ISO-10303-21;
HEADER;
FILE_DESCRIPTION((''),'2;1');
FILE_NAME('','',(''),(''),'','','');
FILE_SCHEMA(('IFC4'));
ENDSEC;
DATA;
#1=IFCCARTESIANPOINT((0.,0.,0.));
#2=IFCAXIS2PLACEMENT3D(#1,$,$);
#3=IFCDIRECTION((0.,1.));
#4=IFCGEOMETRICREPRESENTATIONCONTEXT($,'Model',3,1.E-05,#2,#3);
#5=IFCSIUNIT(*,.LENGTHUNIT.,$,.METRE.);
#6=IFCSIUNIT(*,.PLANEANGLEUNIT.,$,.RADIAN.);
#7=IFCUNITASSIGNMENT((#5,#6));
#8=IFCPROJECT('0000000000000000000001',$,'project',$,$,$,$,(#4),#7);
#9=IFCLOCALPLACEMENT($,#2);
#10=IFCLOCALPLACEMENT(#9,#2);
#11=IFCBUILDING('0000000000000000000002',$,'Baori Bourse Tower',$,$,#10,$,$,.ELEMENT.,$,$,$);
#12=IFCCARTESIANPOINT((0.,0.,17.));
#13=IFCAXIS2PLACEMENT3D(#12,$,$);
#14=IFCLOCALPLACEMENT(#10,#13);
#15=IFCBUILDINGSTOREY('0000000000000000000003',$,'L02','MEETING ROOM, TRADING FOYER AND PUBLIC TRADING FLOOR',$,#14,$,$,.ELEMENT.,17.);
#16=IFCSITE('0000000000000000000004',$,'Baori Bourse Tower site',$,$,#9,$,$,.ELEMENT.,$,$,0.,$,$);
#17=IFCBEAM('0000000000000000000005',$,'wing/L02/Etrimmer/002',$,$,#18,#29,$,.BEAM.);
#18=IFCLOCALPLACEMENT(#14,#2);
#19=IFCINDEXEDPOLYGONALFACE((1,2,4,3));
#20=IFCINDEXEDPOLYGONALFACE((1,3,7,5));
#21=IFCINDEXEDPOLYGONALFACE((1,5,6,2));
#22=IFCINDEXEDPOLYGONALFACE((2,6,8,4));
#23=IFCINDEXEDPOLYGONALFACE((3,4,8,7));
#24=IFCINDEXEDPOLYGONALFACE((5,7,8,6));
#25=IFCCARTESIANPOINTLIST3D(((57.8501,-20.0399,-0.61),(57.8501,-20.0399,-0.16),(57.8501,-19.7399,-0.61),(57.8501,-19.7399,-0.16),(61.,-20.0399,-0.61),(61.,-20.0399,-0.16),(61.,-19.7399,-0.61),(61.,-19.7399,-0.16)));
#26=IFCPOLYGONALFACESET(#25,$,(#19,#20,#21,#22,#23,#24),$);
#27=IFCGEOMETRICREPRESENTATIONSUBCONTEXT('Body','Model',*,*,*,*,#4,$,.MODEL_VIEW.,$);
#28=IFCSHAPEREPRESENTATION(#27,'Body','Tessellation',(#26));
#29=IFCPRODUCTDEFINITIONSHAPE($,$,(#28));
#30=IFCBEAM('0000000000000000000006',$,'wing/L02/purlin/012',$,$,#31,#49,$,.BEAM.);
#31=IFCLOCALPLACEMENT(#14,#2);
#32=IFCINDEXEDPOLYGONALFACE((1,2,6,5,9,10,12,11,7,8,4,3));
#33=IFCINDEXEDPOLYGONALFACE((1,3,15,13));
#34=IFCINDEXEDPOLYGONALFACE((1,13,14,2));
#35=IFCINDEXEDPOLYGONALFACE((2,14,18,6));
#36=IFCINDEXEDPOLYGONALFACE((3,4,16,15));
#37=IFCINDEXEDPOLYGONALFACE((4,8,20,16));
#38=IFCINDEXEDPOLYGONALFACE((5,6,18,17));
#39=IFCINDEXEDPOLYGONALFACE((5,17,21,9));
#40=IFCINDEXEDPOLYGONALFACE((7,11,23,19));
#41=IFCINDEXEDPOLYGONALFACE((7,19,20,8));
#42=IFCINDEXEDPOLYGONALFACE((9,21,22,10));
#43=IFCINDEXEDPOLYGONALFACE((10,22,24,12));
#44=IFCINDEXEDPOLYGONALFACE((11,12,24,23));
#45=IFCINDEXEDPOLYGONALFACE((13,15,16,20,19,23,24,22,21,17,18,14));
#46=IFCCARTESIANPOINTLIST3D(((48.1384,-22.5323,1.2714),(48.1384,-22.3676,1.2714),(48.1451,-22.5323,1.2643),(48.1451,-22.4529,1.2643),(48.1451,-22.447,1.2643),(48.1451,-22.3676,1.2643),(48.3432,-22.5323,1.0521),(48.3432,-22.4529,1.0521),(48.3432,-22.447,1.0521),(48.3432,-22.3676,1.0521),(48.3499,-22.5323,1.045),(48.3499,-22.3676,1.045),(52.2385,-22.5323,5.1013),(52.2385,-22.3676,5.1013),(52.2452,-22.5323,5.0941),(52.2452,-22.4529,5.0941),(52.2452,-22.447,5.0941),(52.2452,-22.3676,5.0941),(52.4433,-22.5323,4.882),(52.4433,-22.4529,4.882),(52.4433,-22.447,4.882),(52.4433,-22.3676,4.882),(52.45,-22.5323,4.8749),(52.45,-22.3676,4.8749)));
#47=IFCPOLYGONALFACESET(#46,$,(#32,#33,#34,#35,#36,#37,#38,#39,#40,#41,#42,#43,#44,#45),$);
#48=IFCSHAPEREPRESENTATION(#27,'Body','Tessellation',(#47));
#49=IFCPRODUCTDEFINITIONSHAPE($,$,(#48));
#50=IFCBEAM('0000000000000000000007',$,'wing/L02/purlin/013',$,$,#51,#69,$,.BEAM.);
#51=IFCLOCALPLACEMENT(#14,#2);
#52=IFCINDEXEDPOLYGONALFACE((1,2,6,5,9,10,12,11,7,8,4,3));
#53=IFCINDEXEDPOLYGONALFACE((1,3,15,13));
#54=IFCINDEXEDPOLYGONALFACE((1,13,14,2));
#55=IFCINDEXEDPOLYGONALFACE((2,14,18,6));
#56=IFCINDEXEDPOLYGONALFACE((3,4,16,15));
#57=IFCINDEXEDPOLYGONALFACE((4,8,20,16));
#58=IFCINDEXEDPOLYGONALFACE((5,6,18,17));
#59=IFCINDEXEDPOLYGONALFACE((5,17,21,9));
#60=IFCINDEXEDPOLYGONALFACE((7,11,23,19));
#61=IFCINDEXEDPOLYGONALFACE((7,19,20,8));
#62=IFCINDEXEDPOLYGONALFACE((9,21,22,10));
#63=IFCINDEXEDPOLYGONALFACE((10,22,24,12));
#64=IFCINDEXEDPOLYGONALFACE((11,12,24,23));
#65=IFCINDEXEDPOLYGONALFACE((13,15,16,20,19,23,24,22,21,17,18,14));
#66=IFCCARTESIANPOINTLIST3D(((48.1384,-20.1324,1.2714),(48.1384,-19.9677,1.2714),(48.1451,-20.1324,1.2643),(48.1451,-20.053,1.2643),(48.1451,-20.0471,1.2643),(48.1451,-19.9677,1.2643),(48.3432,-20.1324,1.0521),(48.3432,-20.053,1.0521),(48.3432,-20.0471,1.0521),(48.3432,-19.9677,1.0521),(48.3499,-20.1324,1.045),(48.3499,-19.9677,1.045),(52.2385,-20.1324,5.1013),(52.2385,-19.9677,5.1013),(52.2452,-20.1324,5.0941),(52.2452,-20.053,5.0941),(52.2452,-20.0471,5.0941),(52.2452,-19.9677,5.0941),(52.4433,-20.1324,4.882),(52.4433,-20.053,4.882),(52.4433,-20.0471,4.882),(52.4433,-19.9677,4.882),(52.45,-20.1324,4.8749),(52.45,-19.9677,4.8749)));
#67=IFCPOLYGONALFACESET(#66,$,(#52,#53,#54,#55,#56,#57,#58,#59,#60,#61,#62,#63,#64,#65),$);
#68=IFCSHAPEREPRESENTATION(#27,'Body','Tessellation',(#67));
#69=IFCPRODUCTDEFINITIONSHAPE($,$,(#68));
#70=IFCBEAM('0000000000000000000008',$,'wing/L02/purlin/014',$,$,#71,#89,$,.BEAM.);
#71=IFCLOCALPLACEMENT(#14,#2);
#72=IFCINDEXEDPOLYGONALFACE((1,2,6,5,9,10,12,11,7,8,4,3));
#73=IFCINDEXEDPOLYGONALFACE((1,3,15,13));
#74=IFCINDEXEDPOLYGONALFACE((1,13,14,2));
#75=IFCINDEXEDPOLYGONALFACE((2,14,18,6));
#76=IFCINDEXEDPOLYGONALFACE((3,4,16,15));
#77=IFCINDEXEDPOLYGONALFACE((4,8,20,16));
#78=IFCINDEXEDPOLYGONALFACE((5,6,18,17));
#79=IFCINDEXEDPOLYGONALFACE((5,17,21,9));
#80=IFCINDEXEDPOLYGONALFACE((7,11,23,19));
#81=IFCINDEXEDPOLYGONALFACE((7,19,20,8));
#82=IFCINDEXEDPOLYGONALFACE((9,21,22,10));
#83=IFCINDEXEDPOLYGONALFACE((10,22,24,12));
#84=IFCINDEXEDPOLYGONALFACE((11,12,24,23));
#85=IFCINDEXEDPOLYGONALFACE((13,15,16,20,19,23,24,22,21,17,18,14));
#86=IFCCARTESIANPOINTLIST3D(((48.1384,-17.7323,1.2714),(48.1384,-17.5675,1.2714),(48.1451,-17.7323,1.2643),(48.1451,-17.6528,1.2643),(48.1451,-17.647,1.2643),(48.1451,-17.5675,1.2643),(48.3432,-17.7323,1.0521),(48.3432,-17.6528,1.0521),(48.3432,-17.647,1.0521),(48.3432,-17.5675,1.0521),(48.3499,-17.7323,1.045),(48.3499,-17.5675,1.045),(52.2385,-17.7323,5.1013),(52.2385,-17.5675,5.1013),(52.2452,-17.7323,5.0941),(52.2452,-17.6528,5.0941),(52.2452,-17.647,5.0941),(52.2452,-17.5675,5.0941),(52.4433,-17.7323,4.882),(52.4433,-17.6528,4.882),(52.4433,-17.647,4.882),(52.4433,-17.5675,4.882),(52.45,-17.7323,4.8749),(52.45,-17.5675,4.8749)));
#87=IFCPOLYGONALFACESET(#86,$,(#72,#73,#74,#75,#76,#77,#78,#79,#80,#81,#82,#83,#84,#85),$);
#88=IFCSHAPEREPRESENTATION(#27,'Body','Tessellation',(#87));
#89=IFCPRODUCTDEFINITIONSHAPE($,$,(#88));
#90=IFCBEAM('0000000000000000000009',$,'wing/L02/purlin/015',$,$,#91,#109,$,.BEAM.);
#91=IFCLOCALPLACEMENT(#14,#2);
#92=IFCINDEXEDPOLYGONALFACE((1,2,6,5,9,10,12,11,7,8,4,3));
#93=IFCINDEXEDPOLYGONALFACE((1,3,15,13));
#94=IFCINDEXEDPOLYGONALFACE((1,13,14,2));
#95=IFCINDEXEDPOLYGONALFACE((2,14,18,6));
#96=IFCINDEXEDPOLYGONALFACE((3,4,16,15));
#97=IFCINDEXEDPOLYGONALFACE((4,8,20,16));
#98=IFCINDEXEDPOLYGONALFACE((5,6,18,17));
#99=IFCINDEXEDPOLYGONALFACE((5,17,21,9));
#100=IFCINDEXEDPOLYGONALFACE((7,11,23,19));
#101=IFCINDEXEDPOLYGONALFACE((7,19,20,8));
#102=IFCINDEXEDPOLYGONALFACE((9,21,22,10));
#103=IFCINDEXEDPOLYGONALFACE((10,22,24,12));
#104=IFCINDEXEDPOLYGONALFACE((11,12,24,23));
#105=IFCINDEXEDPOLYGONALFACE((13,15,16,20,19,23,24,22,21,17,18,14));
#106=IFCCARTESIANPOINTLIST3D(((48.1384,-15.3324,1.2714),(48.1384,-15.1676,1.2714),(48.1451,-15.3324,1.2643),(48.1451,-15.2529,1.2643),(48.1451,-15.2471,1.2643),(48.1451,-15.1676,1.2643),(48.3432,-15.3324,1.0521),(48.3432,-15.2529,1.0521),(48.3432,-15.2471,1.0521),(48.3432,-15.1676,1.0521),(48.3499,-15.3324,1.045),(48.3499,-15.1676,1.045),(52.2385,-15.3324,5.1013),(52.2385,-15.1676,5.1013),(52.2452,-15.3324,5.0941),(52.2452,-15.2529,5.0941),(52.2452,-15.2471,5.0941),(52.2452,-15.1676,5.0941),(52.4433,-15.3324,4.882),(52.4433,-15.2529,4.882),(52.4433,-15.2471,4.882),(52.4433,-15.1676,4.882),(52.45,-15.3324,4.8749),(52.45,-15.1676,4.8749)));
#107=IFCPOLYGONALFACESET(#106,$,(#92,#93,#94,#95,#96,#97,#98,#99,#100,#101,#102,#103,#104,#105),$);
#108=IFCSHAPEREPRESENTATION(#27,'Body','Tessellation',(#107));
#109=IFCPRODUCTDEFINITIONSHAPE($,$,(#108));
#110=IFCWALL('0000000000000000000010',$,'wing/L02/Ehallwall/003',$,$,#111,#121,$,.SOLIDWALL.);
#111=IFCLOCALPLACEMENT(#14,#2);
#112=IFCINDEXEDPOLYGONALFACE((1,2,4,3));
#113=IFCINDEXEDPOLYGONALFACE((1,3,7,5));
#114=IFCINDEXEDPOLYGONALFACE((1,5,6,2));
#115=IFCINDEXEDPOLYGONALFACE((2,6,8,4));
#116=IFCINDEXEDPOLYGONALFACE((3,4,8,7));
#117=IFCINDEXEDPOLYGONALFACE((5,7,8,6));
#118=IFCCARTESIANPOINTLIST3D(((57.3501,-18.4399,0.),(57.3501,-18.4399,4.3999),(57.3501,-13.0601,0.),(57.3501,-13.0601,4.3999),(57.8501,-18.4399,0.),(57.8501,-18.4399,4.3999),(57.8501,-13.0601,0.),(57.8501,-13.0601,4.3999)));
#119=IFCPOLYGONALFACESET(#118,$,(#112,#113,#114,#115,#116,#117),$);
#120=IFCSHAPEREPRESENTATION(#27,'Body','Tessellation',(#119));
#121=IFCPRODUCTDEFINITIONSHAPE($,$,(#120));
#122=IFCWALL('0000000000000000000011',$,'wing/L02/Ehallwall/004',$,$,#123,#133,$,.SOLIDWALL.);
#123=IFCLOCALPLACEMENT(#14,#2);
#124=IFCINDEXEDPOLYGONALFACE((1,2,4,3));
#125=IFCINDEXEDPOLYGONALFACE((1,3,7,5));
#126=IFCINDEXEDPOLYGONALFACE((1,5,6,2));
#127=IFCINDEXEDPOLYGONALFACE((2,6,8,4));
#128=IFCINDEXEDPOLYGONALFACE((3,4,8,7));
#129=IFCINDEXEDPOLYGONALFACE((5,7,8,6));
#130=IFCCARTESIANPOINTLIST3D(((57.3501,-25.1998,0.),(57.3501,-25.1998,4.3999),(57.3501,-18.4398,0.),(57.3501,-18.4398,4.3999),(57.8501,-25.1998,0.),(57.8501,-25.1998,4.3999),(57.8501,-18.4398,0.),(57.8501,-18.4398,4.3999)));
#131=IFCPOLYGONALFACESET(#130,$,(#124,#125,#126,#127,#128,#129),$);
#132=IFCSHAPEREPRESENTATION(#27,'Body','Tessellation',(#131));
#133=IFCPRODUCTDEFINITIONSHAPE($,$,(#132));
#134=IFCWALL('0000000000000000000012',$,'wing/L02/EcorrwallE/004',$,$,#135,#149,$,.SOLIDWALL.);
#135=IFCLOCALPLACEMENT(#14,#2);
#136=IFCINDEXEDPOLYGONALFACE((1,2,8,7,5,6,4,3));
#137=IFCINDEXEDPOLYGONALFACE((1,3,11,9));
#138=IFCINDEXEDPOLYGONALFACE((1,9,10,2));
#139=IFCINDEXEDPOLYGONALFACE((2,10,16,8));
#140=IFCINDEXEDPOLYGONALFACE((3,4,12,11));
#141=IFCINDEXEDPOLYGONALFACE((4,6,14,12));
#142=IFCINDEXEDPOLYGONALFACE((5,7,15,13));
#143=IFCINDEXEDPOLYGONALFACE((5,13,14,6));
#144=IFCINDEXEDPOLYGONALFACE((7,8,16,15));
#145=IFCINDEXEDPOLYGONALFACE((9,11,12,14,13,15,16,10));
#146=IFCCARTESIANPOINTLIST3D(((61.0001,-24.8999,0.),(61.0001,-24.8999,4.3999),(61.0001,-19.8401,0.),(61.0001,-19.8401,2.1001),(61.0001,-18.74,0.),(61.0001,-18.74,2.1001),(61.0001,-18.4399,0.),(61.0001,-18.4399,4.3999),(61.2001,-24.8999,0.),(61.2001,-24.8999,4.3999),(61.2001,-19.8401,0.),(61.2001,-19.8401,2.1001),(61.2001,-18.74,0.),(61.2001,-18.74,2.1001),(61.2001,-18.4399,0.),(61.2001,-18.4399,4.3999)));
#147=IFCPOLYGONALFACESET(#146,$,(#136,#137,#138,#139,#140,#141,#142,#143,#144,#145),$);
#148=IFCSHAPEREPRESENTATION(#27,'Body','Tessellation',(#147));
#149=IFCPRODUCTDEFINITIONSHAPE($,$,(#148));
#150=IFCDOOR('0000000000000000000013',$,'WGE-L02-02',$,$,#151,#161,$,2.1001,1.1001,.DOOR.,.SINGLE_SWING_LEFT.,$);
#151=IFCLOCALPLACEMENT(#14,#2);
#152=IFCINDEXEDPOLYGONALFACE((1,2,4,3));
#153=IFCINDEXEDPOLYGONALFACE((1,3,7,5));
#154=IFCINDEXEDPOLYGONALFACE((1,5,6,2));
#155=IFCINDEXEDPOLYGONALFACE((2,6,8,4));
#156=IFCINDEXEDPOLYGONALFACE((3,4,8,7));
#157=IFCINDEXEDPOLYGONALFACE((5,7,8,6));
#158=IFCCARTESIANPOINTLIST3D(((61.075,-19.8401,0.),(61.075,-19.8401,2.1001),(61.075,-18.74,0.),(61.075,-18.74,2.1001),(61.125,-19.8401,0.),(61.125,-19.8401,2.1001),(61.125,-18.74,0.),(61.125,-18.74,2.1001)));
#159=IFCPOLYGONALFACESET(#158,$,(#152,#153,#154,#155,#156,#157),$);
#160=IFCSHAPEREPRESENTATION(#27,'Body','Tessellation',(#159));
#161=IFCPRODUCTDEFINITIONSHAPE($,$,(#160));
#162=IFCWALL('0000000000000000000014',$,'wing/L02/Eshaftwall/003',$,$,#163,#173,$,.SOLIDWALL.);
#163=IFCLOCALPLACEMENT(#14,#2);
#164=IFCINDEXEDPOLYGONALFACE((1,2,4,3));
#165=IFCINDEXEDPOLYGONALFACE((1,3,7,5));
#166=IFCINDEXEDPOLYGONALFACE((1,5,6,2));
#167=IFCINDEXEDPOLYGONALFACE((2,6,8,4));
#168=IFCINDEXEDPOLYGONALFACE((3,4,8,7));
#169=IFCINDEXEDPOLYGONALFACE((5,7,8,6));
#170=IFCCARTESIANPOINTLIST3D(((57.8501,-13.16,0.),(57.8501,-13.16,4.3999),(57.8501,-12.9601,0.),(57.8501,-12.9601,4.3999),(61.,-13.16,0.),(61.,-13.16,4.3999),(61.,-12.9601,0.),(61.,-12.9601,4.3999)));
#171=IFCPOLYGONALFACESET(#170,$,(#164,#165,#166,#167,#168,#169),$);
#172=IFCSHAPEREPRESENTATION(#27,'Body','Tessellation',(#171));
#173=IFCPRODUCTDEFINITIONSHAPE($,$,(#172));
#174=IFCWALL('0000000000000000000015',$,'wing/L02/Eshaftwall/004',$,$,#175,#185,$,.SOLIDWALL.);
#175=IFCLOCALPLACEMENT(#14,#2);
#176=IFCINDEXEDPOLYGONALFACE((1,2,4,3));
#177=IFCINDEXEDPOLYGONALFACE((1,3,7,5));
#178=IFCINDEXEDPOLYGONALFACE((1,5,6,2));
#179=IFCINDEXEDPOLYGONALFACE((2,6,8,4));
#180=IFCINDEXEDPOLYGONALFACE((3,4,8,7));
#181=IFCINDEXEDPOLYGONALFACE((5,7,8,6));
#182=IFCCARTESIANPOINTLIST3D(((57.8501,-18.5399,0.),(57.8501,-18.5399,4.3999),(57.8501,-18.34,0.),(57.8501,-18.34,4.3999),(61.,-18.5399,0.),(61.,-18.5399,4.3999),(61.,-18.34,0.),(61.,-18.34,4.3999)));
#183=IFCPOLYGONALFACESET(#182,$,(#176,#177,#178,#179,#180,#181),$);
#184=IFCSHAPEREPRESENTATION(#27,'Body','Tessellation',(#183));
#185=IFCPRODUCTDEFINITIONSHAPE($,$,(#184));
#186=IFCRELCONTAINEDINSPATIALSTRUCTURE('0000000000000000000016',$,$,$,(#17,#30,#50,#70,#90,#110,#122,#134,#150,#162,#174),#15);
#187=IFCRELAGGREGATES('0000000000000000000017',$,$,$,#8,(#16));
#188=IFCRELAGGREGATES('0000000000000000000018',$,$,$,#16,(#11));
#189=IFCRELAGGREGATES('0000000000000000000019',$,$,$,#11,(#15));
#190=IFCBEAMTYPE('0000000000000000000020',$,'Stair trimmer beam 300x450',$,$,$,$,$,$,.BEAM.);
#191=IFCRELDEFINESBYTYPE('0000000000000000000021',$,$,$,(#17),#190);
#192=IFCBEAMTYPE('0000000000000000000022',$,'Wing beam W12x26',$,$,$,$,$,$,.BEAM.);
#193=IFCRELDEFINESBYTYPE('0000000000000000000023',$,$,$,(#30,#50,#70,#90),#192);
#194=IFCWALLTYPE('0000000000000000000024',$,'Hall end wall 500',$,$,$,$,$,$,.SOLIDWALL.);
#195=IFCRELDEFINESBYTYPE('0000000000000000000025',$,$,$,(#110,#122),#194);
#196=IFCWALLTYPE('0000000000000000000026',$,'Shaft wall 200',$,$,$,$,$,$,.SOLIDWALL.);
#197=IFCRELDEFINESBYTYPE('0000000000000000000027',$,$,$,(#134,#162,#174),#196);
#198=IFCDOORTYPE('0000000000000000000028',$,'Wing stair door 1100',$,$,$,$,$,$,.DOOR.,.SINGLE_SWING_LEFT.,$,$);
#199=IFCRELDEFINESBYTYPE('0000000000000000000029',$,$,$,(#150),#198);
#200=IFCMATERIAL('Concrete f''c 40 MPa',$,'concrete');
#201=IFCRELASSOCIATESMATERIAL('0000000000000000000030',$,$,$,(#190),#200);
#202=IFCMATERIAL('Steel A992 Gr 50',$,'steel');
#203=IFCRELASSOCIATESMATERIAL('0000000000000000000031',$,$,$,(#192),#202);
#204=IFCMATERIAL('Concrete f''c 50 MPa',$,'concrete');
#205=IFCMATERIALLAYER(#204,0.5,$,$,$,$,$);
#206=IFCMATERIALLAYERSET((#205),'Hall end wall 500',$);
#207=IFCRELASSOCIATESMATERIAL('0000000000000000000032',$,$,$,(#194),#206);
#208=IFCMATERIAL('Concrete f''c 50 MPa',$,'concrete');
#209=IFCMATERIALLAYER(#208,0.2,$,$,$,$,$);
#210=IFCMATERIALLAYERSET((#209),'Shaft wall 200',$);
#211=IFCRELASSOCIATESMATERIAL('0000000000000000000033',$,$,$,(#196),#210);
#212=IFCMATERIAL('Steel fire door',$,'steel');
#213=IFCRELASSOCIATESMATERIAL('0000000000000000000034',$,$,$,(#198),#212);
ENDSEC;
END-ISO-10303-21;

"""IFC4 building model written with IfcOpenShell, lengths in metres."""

from ifc_helpers import new_model, si_unit, direction, frame, frame_2d, origin, origin_2d, place, context, subcontext, project, spatial, rectangle, i_section, extrude, material, layer, layer_set, material_profile, profile_set, type_object, element, fill, save


model = new_model("IFC4")

# Units and contexts
model_context = context("Model", 3, precision=1e-05, world=origin(), true_north=direction((0.0, 1.0)))
body_context = subcontext(model_context, "Body", "Model", "MODEL_VIEW")
ifc_project = project(units=[si_unit("LENGTHUNIT", "METRE"), si_unit("PLANEANGLEUNIT", "RADIAN")], contexts=[model_context])

# Site, building, storey
site_placement = place(None, origin())
site = spatial("IfcSite", under=ifc_project, at=site_placement, Name="Baori Bourse Tower site", CompositionType="ELEMENT", RefElevation=0.0)
building_placement = place(site_placement, origin())
building = spatial("IfcBuilding", under=site, at=building_placement, Name="Baori Bourse Tower", CompositionType="ELEMENT")
storey_placement = place(building_placement, frame((0.0, 0.0, 17.0)))
storey = spatial("IfcBuildingStorey", under=building, at=storey_placement, Name="L02", Description="MEETING ROOM, TRADING FOYER AND PUBLIC TRADING FLOOR", CompositionType="ELEMENT", Elevation=17.0)

# Beams
ifc_material_1 = material(Name="Concrete f'c 40 MPa", Category="concrete")
ifc_material_profile_1 = material_profile(ifc_material_1, rectangle(XDim=0.3, YDim=0.45, at=origin_2d()), Name="Stair trimmer beam 300x450")
ifc_profile_set_1 = profile_set([ifc_material_profile_1], Name="Concrete f'c 40 MPa")
beam_type_1 = type_object("IfcBeamType", Name="Stair trimmer beam 300x450", PredefinedType="BEAM", material=ifc_profile_set_1)
beam_placement = place(storey_placement, frame((57.8501, -19.8899, -0.385), z_axis=(1.0, 0.0, 0.0), x_axis=(0.0, 1.0, 0.0)))
element("IfcBeam", 1, at=beam_placement, inside=storey, type_object=beam_type_1, Name="wing/L02/Etrimmer/002", PredefinedType="BEAM", context=body_context, shape_type="SweptSolid", body=[
    extrude(rectangle(XDim=0.3, YDim=0.45, at=origin_2d()), origin(), (0.0, 0.0, 1.0), 3.1499),
])
ifc_material_2 = material(Name="Steel A992 Gr 50", Category="steel")
ifc_material_profile_2 = material_profile(ifc_material_2, i_section(OverallWidth=0.1648, OverallDepth=0.3098, WebThickness=0.0059, FlangeThickness=0.0098, at=origin_2d()), Name="W12x26")
ifc_profile_set_2 = profile_set([ifc_material_profile_2], Name="Steel A992 Gr 50")
beam_type_2 = type_object("IfcBeamType", Name="Wing beam W12x26", PredefinedType="BEAM", material=ifc_profile_set_2)
for number, where, z_axis, x_axis, name in (
    (2, (48.2441, -22.45, 1.1582), (0.730782, 0.0, 0.682611), (0.0, 1.0, 0.0), "wing/L02/purlin/012"),
    (3, (48.2441, -20.05, 1.1582), (0.730782, 0.0, 0.682611), (0.0, 1.0, 0.0), "wing/L02/purlin/013"),
    (4, (48.2441, -17.6499, 1.1582), (0.730782, 0.0, 0.682611), (0.0, 1.0, 0.0), "wing/L02/purlin/014"),
    (5, (48.2441, -15.25, 1.1582), (0.730782, 0.0, 0.682611), (0.0, 1.0, 0.0), "wing/L02/purlin/015"),
):
    element("IfcBeam", number, at=place(storey_placement, frame(where, z_axis=z_axis, x_axis=x_axis)), inside=storey, type_object=beam_type_2, Name=name, PredefinedType="BEAM", context=body_context, shape_type="SweptSolid", body=[
        extrude(i_section(OverallWidth=0.1648, OverallDepth=0.3098, WebThickness=0.0059, FlangeThickness=0.0098, at=origin_2d()), origin(), (0.0, 0.0, 1.0), 5.6106),
    ])

# Walls
ifc_material_3 = material(Name="Concrete f'c 50 MPa", Category="concrete")
ifc_layer_1 = layer(ifc_material_3, 0.5)
ifc_layer_set_1 = layer_set([ifc_layer_1], Name="Hall end wall 500")
wall_type_1 = type_object("IfcWallType", Name="Hall end wall 500", PredefinedType="SOLIDWALL", material=ifc_layer_set_1)
wall_1_placement = place(storey_placement, frame((57.6001, -13.0601, 0.0), z_axis=(0.0, 0.0, 1.0), x_axis=(0.0, -1.0, 0.0)))
element("IfcWall", 6, at=wall_1_placement, inside=storey, type_object=wall_type_1, Name="wing/L02/Ehallwall/003", PredefinedType="SOLIDWALL", context=body_context, shape_type="SweptSolid", body=[
    extrude(rectangle(XDim=5.3799, YDim=0.5, at=frame_2d((2.6899, 0.0))), origin(), (0.0, 0.0, 1.0), 4.3999),
])
wall_2_placement = place(storey_placement, frame((57.6001, -18.4399, 0.0), z_axis=(0.0, 0.0, 1.0), x_axis=(0.0, -1.0, 0.0)))
element("IfcWall", 7, at=wall_2_placement, inside=storey, type_object=wall_type_1, Name="wing/L02/Ehallwall/004", PredefinedType="SOLIDWALL", context=body_context, shape_type="SweptSolid", body=[
    extrude(rectangle(XDim=6.76, YDim=0.5, at=frame_2d((3.3799, 0.0))), origin(), (0.0, 0.0, 1.0), 4.3999),
])

# Wall, opening, door
ifc_material_4 = material(Name="Concrete f'c 50 MPa", Category="concrete")
ifc_layer_2 = layer(ifc_material_4, 0.2)
ifc_layer_set_2 = layer_set([ifc_layer_2], Name="Shaft wall 200")
wall_type_2 = type_object("IfcWallType", Name="Shaft wall 200", PredefinedType="SOLIDWALL", material=ifc_layer_set_2)
wall_3_placement = place(storey_placement, frame((61.1001, -18.4399, 0.0), z_axis=(0.0, 0.0, 1.0), x_axis=(0.0, -1.0, 0.0)))
wall_3 = element("IfcWall", 8, at=wall_3_placement, inside=storey, type_object=wall_type_2, Name="wing/L02/EcorrwallE/004", PredefinedType="SOLIDWALL", context=body_context, shape_type="SweptSolid", body=[
    extrude(rectangle(XDim=6.46, YDim=0.2, at=frame_2d((3.23, 0.0))), origin(), (0.0, 0.0, 1.0), 4.3999),
])
opening_placement = place(wall_3_placement, frame((0.3, 0.0, 0.0)))
opening = element("IfcOpeningElement", 9, at=opening_placement, cuts=wall_3, PredefinedType="OPENING", context=body_context, shape_type="SweptSolid", body=[
    extrude(rectangle(XDim=1.1001, YDim=2.1001, at=frame_2d((0.55, 1.05))), frame((0.0, 0.1099, 0.0), z_axis=(0.0, -1.0, 0.0), x_axis=(1.0, 0.0, 0.0)), (0.0, 0.0, 1.0), 0.22),
])
ifc_material_5 = material(Name="Steel fire door", Category="steel")
door_type = type_object("IfcDoorType", Name="Wing stair door 1100", OperationType="SINGLE_SWING_LEFT", PredefinedType="DOOR", material=ifc_material_5)
door_placement = place(opening_placement, origin())
door = element("IfcDoor", 10, at=door_placement, inside=storey, type_object=door_type, Name="WGE-L02-02", OperationType="SINGLE_SWING_LEFT", OverallHeight=2.1001, OverallWidth=1.1001, PredefinedType="DOOR", context=body_context, shape_type="SweptSolid", body=[
    extrude(rectangle(XDim=1.1001, YDim=2.1001, at=frame_2d((0.55, 1.05))), frame((0.0, 0.0249, 0.0), z_axis=(0.0, -1.0, 0.0), x_axis=(1.0, 0.0, 0.0)), (0.0, 0.0, 1.0), 0.05),
])
fill(opening, door)

# Walls
for number, where, z_axis, x_axis, name in (
    (11, (61.0, -13.0601, 0.0), (0.0, 0.0, 1.0), (-1.0, 0.0, 0.0), "wing/L02/Eshaftwall/003"),
    (12, (61.0, -18.4399, 0.0), (0.0, 0.0, 1.0), (-1.0, 0.0, 0.0), "wing/L02/Eshaftwall/004"),
):
    element("IfcWall", number, at=place(storey_placement, frame(where, z_axis=z_axis, x_axis=x_axis)), inside=storey, type_object=wall_type_2, Name=name, PredefinedType="SOLIDWALL", context=body_context, shape_type="SweptSolid", body=[
        extrude(rectangle(XDim=3.1499, YDim=0.2, at=frame_2d((1.575, 0.0))), origin(), (0.0, 0.0, 1.0), 4.3999),
    ])

save(model, "model.ifc")
